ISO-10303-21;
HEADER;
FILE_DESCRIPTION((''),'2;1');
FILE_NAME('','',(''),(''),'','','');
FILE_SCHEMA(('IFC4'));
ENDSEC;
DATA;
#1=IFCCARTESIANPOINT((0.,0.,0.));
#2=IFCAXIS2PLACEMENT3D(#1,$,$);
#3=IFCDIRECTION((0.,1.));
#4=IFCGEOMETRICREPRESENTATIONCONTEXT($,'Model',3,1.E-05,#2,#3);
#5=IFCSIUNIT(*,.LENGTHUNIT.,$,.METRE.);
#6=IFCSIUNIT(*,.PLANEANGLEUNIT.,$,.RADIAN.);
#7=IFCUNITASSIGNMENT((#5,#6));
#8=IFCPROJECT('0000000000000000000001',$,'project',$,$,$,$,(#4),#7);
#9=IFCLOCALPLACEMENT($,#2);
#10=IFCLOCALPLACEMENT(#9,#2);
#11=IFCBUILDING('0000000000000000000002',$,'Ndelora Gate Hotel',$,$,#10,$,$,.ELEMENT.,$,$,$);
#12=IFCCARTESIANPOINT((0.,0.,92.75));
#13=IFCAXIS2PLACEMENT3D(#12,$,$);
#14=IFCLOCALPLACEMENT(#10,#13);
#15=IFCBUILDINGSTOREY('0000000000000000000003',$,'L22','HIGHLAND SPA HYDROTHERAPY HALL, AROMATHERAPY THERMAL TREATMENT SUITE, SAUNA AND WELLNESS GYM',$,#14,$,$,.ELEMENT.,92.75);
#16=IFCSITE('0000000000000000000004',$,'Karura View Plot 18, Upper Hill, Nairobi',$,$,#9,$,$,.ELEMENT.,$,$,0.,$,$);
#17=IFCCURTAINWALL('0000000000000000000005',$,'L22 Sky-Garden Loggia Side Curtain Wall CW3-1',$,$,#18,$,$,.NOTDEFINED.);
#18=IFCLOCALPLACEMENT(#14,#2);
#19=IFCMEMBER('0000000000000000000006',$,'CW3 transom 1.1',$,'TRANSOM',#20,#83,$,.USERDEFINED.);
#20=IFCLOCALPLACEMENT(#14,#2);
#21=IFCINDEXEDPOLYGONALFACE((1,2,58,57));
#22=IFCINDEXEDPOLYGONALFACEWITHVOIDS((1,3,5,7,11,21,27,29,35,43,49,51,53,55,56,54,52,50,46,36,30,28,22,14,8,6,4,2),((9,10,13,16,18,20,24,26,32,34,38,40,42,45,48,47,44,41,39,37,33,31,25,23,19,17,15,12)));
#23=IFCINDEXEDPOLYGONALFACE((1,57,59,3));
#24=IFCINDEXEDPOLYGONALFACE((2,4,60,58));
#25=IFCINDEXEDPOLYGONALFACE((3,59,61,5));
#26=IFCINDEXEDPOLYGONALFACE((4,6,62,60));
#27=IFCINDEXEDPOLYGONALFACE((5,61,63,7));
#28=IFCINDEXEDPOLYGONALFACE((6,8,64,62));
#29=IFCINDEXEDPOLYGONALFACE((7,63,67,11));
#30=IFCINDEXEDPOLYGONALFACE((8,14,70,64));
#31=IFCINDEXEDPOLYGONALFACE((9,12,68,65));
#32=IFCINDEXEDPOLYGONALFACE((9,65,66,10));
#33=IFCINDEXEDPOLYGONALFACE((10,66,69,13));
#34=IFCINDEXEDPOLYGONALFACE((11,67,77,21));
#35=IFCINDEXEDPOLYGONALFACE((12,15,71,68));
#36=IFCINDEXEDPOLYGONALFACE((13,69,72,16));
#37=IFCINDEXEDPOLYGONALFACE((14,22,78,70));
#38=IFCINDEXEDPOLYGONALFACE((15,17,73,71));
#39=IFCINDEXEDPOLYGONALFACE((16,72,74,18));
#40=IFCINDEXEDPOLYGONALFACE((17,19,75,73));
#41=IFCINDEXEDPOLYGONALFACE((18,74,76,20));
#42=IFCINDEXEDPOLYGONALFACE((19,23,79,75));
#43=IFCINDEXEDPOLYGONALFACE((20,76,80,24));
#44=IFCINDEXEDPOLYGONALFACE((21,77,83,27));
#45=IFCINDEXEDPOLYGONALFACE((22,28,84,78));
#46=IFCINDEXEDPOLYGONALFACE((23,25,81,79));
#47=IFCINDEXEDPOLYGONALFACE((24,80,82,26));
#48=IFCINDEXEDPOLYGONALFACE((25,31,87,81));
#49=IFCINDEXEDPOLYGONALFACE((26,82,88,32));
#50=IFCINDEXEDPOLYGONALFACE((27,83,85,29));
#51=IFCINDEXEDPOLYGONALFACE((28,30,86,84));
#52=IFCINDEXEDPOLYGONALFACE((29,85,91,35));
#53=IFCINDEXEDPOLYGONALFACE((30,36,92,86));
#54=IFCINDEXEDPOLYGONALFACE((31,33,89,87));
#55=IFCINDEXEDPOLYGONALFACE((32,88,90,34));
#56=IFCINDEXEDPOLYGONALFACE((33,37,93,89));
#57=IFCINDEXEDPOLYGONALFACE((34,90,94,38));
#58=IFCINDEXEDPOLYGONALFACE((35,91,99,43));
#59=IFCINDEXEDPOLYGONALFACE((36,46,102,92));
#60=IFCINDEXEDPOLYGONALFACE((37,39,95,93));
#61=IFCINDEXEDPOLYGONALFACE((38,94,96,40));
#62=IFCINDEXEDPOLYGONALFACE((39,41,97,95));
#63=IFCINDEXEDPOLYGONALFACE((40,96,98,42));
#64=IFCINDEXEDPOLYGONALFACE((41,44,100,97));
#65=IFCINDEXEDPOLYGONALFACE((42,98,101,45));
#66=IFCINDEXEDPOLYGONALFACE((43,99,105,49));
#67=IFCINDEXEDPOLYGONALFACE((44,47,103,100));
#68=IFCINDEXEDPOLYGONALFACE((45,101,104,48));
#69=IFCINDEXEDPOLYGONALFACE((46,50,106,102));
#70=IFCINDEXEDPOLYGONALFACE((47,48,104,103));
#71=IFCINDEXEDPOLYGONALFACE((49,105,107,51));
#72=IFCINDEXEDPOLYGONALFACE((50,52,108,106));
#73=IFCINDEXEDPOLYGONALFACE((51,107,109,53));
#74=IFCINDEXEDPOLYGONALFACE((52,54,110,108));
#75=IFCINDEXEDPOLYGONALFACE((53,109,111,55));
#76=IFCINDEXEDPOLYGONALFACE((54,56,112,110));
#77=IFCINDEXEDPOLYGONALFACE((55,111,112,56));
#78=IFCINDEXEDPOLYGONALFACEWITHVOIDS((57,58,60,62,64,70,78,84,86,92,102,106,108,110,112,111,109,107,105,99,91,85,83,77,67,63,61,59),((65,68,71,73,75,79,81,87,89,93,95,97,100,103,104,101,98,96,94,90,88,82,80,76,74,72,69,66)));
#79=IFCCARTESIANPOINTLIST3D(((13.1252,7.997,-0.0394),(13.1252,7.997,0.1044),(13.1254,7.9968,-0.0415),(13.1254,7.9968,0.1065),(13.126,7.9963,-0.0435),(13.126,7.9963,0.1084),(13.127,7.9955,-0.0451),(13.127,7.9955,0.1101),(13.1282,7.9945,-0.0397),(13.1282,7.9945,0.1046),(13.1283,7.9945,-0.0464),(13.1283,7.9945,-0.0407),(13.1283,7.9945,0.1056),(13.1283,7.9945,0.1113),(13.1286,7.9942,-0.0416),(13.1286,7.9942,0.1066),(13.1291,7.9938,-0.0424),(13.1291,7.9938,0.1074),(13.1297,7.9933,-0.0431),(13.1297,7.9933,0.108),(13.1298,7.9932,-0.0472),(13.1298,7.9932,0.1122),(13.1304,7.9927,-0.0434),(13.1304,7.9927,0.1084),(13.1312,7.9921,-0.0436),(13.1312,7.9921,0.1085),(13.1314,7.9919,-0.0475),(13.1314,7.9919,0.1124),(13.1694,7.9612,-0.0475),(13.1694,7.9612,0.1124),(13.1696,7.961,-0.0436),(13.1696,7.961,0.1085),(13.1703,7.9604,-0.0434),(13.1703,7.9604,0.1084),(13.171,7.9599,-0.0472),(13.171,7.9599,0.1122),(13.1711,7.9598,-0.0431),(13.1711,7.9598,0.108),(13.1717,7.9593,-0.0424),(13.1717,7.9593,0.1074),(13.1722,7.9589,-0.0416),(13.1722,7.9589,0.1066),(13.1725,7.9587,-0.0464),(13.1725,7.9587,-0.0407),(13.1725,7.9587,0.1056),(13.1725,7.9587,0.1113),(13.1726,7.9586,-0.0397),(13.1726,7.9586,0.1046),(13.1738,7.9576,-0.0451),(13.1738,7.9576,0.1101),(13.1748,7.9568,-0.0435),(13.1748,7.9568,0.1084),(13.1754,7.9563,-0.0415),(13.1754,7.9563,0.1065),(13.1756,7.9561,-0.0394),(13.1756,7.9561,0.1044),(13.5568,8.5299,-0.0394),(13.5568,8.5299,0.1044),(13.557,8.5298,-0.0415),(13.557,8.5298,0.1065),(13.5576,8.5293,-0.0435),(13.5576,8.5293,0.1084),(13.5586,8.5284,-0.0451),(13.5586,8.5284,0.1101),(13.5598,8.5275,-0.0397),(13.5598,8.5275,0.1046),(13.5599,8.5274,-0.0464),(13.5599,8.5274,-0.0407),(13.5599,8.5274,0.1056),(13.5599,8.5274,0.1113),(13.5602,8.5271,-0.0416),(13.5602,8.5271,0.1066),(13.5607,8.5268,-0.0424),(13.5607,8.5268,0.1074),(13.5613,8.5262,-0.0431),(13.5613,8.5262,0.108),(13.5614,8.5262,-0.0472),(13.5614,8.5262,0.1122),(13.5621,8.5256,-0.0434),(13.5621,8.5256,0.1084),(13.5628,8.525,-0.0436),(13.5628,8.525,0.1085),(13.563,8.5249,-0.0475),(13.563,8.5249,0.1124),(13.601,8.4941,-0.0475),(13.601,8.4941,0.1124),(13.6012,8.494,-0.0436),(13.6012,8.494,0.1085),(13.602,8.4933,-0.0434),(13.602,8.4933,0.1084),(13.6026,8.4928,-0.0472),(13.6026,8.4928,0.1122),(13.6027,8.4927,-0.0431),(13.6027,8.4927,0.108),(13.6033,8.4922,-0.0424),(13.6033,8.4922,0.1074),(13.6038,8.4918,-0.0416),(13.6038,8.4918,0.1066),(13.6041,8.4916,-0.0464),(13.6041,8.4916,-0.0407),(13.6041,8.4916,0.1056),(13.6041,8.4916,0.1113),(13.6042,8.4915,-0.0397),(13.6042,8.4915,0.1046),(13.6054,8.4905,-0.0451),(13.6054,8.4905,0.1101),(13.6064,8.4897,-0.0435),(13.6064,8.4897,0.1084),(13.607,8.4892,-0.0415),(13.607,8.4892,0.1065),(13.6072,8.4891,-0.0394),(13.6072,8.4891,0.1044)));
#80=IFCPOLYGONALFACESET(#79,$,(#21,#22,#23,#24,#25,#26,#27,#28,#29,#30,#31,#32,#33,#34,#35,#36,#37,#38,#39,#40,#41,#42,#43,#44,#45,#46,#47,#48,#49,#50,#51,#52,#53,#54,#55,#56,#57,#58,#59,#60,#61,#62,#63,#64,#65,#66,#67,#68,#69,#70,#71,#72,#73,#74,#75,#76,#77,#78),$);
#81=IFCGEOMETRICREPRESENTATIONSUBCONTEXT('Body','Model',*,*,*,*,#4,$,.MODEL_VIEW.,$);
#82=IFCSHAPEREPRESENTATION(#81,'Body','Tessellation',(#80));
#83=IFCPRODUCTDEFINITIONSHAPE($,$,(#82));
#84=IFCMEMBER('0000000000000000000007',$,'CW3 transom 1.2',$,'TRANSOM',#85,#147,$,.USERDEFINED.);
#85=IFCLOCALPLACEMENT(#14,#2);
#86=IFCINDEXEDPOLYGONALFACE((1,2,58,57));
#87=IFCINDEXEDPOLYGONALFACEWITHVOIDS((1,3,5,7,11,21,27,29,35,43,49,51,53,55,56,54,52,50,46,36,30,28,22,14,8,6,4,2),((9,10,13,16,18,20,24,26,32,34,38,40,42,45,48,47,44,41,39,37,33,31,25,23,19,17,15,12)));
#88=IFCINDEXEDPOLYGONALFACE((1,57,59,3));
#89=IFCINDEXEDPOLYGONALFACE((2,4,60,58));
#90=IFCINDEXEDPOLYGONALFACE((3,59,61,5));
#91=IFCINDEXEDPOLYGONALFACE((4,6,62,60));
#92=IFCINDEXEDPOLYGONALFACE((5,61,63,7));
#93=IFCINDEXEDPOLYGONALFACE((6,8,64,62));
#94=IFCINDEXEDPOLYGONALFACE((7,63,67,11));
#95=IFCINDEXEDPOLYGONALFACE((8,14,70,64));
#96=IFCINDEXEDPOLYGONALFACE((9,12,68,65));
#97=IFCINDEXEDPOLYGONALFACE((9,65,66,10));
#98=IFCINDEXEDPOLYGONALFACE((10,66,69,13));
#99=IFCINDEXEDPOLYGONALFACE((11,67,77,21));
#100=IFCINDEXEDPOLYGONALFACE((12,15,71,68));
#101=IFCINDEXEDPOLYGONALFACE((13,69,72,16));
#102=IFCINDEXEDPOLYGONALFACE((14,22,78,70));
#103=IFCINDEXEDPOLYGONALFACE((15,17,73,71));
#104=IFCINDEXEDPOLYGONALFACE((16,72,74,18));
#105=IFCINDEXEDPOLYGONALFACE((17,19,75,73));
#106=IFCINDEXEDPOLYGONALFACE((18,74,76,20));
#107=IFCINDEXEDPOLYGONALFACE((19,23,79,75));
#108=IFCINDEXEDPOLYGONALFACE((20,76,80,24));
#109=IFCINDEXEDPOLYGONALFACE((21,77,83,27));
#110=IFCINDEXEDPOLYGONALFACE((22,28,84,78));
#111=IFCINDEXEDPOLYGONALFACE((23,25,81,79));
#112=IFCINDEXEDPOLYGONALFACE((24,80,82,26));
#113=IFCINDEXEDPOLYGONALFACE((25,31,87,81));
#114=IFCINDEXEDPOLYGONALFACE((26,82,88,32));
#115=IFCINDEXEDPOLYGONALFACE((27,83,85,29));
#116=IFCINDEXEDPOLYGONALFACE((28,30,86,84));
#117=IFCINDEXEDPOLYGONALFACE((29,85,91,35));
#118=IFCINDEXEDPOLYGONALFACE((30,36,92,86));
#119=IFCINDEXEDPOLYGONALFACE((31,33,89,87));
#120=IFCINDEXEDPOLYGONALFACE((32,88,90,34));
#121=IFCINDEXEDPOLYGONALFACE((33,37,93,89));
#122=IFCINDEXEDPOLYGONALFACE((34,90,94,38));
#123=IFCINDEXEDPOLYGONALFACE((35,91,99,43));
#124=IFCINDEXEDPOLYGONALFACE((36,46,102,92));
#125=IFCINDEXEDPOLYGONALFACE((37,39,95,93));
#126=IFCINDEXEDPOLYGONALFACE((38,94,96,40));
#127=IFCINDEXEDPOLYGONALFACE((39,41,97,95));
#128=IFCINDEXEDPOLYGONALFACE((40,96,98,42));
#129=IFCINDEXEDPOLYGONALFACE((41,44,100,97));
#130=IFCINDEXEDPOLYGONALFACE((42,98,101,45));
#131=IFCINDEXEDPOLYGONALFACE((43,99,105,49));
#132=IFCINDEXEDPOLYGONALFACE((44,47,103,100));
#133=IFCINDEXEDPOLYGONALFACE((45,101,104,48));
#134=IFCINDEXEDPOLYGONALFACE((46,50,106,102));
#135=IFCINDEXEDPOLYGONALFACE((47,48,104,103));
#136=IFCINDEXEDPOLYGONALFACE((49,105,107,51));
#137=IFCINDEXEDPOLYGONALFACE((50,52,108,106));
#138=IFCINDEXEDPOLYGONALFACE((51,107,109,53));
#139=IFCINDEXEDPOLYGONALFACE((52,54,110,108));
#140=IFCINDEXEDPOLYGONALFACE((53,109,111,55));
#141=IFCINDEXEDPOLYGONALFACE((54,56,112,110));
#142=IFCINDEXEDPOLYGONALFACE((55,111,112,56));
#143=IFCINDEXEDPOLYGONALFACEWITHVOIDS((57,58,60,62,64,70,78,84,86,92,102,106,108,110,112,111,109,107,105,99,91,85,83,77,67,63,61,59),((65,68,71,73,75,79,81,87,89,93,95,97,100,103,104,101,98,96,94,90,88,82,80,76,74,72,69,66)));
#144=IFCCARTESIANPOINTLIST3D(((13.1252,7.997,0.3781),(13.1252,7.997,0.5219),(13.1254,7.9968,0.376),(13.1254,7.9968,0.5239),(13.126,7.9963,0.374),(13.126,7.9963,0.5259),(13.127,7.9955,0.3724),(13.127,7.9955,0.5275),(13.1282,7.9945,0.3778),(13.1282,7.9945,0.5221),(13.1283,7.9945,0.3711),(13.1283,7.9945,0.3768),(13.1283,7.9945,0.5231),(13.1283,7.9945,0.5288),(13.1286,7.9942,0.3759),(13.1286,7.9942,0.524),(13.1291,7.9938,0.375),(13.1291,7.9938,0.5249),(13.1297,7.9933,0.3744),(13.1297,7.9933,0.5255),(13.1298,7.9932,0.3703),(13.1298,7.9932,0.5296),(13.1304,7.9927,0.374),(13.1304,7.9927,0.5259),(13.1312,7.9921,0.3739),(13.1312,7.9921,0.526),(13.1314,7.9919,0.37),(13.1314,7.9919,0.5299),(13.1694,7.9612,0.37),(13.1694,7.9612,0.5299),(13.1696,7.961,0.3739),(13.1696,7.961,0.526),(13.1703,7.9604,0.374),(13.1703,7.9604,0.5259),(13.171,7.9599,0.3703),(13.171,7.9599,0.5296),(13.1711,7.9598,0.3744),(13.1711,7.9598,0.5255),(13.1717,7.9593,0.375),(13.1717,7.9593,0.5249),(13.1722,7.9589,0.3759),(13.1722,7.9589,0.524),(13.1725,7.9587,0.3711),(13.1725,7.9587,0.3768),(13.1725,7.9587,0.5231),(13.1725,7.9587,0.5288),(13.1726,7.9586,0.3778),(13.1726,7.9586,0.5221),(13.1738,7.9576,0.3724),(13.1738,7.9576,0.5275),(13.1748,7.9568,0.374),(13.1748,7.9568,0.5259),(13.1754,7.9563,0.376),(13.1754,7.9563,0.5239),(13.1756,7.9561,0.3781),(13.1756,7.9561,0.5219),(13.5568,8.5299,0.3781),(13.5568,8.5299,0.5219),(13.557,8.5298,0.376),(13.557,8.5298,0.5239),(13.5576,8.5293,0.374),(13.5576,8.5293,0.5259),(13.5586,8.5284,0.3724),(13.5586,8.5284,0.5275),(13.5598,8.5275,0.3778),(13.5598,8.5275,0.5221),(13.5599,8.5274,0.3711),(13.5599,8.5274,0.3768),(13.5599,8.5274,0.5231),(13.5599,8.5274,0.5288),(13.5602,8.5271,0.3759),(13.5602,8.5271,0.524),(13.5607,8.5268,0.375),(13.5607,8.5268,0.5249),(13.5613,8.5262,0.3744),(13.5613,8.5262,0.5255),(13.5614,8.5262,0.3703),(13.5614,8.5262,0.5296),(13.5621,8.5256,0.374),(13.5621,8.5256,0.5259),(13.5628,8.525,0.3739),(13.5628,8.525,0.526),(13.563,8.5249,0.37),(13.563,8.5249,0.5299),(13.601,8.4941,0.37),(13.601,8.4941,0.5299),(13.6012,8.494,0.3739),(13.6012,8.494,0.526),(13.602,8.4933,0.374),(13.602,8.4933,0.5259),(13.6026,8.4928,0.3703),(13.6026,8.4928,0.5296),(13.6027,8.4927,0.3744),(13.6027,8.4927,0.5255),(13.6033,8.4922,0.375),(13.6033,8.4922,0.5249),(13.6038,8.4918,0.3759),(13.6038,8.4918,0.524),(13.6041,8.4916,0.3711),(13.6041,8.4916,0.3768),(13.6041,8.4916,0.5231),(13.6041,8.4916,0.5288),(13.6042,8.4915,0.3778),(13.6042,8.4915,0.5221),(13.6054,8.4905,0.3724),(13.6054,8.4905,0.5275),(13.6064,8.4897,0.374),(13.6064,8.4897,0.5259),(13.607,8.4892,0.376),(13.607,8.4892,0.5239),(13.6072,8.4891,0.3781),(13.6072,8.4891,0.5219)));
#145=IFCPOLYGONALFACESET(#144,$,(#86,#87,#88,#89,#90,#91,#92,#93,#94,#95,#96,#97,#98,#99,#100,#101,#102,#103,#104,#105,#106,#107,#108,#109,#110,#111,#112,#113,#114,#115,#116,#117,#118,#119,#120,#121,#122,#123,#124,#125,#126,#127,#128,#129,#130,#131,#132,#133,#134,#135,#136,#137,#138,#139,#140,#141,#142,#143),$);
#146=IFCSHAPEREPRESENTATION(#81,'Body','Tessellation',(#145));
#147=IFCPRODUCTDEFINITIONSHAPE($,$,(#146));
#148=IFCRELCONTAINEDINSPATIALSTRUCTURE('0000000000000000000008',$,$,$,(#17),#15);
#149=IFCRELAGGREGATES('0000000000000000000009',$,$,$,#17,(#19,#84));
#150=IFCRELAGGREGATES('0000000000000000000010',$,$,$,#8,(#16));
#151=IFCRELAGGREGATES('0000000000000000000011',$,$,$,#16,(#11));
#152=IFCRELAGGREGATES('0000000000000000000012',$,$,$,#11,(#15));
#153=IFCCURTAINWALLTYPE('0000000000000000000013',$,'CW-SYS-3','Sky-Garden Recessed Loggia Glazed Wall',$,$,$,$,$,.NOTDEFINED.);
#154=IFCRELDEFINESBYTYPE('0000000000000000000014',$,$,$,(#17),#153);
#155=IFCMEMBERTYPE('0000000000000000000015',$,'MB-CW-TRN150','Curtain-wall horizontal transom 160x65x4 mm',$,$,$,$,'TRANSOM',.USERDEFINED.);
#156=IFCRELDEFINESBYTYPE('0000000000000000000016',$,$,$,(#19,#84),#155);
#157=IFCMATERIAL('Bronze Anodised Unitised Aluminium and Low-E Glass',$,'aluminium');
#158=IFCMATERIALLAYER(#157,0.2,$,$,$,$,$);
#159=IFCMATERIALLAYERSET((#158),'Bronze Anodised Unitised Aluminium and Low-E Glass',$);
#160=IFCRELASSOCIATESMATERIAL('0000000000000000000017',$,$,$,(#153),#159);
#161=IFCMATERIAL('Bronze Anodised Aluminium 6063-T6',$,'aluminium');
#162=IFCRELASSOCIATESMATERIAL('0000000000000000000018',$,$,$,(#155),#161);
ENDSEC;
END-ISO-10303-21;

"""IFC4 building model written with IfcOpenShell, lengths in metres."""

from ifc_helpers import new_model, si_unit, direction, frame, origin, origin_2d, place, context, subcontext, project, spatial, hollow_rectangle, extrude, material, layer, layer_set, material_profile, profile_set, type_object, element, aggregate, save


model = new_model("IFC4")

# Units and contexts
model_context = context("Model", 3, precision=1e-05, world=origin(), true_north=direction((0.0, 1.0)))
body_context = subcontext(model_context, "Body", "Model", "MODEL_VIEW")
ifc_project = project(units=[si_unit("LENGTHUNIT", "METRE"), si_unit("PLANEANGLEUNIT", "RADIAN")], contexts=[model_context])

# Site, building, storey
site_placement = place(None, origin())
site = spatial("IfcSite", under=ifc_project, at=site_placement, Name="Karura View Plot 18, Upper Hill, Nairobi", CompositionType="ELEMENT", RefElevation=0.0)
building_placement = place(site_placement, origin())
building = spatial("IfcBuilding", under=site, at=building_placement, Name="Ndelora Gate Hotel", CompositionType="ELEMENT")
storey_placement = place(building_placement, frame((0.0, 0.0, 92.75)))
storey = spatial("IfcBuildingStorey", under=building, at=storey_placement, Name="L22", Description="HIGHLAND SPA HYDROTHERAPY HALL, AROMATHERAPY THERMAL TREATMENT SUITE, SAUNA AND WELLNESS GYM", CompositionType="ELEMENT", Elevation=92.75)

# Curtain wall, members
ifc_material_1 = material(Name="Bronze Anodised Unitised Aluminium and Low-E Glass", Category="aluminium")
ifc_layer_1 = layer(ifc_material_1, 0.2)
ifc_layer_set_1 = layer_set([ifc_layer_1], Name="Bronze Anodised Unitised Aluminium and Low-E Glass")
curtain_wall_type = type_object("IfcCurtainWallType", Name="CW-SYS-3", Description="Sky-Garden Recessed Loggia Glazed Wall", PredefinedType="NOTDEFINED", material=ifc_layer_set_1)
curtain_wall_placement = place(storey_placement, origin())
curtain_wall = element("IfcCurtainWall", 1, at=curtain_wall_placement, inside=storey, type_object=curtain_wall_type, Name="L22 Sky-Garden Loggia Side Curtain Wall CW3-1", PredefinedType="NOTDEFINED")
ifc_material_2 = material(Name="Bronze Anodised Aluminium 6063-T6", Category="aluminium")
ifc_material_profile_1 = material_profile(ifc_material_2, hollow_rectangle(XDim=0.0649, YDim=0.1599, WallThickness=0.0039, InnerFilletRadius=0.0039, OuterFilletRadius=0.0081, at=origin_2d()), Name="ALU 160x65x4")
ifc_profile_set_1 = profile_set([ifc_material_profile_1], Name="Bronze Anodised Aluminium 6063-T6")
member_type_1 = type_object("IfcMemberType", Name="MB-CW-TRN150", Description="Curtain-wall horizontal transom 160x65x4 mm", ElementType="TRANSOM", PredefinedType="USERDEFINED", material=ifc_profile_set_1)
member_1_placement = place(storey_placement, frame((13.1504, 7.9766, 0.0325), z_axis=(0.629372, 0.777104, 0.0), x_axis=(-0.777104, 0.629372, 0.0)))
member_1 = element("IfcMember", 2, at=member_1_placement, type_object=member_type_1, Name="CW3 transom 1.1", ObjectType="TRANSOM", PredefinedType="USERDEFINED", context=body_context, shape_type="SweptSolid", body=[
    extrude(hollow_rectangle(XDim=0.0649, YDim=0.1599, WallThickness=0.0039, InnerFilletRadius=0.0039, OuterFilletRadius=0.0081, at=origin_2d()), origin(), (0.0, 0.0, 1.0), 0.6858),
])
member_2_placement = place(storey_placement, frame((13.1504, 7.9766, 0.45), z_axis=(0.629372, 0.777104, 0.0), x_axis=(-0.777104, 0.629372, 0.0)))
member_2 = element("IfcMember", 3, at=member_2_placement, type_object=member_type_1, Name="CW3 transom 1.2", ObjectType="TRANSOM", PredefinedType="USERDEFINED", context=body_context, shape_type="SweptSolid", body=[
    extrude(hollow_rectangle(XDim=0.0649, YDim=0.1599, WallThickness=0.0039, InnerFilletRadius=0.0039, OuterFilletRadius=0.0081, at=origin_2d()), origin(), (0.0, 0.0, 1.0), 0.6858),
])
aggregate(curtain_wall, [member_1, member_2])

save(model, "model.ifc")
